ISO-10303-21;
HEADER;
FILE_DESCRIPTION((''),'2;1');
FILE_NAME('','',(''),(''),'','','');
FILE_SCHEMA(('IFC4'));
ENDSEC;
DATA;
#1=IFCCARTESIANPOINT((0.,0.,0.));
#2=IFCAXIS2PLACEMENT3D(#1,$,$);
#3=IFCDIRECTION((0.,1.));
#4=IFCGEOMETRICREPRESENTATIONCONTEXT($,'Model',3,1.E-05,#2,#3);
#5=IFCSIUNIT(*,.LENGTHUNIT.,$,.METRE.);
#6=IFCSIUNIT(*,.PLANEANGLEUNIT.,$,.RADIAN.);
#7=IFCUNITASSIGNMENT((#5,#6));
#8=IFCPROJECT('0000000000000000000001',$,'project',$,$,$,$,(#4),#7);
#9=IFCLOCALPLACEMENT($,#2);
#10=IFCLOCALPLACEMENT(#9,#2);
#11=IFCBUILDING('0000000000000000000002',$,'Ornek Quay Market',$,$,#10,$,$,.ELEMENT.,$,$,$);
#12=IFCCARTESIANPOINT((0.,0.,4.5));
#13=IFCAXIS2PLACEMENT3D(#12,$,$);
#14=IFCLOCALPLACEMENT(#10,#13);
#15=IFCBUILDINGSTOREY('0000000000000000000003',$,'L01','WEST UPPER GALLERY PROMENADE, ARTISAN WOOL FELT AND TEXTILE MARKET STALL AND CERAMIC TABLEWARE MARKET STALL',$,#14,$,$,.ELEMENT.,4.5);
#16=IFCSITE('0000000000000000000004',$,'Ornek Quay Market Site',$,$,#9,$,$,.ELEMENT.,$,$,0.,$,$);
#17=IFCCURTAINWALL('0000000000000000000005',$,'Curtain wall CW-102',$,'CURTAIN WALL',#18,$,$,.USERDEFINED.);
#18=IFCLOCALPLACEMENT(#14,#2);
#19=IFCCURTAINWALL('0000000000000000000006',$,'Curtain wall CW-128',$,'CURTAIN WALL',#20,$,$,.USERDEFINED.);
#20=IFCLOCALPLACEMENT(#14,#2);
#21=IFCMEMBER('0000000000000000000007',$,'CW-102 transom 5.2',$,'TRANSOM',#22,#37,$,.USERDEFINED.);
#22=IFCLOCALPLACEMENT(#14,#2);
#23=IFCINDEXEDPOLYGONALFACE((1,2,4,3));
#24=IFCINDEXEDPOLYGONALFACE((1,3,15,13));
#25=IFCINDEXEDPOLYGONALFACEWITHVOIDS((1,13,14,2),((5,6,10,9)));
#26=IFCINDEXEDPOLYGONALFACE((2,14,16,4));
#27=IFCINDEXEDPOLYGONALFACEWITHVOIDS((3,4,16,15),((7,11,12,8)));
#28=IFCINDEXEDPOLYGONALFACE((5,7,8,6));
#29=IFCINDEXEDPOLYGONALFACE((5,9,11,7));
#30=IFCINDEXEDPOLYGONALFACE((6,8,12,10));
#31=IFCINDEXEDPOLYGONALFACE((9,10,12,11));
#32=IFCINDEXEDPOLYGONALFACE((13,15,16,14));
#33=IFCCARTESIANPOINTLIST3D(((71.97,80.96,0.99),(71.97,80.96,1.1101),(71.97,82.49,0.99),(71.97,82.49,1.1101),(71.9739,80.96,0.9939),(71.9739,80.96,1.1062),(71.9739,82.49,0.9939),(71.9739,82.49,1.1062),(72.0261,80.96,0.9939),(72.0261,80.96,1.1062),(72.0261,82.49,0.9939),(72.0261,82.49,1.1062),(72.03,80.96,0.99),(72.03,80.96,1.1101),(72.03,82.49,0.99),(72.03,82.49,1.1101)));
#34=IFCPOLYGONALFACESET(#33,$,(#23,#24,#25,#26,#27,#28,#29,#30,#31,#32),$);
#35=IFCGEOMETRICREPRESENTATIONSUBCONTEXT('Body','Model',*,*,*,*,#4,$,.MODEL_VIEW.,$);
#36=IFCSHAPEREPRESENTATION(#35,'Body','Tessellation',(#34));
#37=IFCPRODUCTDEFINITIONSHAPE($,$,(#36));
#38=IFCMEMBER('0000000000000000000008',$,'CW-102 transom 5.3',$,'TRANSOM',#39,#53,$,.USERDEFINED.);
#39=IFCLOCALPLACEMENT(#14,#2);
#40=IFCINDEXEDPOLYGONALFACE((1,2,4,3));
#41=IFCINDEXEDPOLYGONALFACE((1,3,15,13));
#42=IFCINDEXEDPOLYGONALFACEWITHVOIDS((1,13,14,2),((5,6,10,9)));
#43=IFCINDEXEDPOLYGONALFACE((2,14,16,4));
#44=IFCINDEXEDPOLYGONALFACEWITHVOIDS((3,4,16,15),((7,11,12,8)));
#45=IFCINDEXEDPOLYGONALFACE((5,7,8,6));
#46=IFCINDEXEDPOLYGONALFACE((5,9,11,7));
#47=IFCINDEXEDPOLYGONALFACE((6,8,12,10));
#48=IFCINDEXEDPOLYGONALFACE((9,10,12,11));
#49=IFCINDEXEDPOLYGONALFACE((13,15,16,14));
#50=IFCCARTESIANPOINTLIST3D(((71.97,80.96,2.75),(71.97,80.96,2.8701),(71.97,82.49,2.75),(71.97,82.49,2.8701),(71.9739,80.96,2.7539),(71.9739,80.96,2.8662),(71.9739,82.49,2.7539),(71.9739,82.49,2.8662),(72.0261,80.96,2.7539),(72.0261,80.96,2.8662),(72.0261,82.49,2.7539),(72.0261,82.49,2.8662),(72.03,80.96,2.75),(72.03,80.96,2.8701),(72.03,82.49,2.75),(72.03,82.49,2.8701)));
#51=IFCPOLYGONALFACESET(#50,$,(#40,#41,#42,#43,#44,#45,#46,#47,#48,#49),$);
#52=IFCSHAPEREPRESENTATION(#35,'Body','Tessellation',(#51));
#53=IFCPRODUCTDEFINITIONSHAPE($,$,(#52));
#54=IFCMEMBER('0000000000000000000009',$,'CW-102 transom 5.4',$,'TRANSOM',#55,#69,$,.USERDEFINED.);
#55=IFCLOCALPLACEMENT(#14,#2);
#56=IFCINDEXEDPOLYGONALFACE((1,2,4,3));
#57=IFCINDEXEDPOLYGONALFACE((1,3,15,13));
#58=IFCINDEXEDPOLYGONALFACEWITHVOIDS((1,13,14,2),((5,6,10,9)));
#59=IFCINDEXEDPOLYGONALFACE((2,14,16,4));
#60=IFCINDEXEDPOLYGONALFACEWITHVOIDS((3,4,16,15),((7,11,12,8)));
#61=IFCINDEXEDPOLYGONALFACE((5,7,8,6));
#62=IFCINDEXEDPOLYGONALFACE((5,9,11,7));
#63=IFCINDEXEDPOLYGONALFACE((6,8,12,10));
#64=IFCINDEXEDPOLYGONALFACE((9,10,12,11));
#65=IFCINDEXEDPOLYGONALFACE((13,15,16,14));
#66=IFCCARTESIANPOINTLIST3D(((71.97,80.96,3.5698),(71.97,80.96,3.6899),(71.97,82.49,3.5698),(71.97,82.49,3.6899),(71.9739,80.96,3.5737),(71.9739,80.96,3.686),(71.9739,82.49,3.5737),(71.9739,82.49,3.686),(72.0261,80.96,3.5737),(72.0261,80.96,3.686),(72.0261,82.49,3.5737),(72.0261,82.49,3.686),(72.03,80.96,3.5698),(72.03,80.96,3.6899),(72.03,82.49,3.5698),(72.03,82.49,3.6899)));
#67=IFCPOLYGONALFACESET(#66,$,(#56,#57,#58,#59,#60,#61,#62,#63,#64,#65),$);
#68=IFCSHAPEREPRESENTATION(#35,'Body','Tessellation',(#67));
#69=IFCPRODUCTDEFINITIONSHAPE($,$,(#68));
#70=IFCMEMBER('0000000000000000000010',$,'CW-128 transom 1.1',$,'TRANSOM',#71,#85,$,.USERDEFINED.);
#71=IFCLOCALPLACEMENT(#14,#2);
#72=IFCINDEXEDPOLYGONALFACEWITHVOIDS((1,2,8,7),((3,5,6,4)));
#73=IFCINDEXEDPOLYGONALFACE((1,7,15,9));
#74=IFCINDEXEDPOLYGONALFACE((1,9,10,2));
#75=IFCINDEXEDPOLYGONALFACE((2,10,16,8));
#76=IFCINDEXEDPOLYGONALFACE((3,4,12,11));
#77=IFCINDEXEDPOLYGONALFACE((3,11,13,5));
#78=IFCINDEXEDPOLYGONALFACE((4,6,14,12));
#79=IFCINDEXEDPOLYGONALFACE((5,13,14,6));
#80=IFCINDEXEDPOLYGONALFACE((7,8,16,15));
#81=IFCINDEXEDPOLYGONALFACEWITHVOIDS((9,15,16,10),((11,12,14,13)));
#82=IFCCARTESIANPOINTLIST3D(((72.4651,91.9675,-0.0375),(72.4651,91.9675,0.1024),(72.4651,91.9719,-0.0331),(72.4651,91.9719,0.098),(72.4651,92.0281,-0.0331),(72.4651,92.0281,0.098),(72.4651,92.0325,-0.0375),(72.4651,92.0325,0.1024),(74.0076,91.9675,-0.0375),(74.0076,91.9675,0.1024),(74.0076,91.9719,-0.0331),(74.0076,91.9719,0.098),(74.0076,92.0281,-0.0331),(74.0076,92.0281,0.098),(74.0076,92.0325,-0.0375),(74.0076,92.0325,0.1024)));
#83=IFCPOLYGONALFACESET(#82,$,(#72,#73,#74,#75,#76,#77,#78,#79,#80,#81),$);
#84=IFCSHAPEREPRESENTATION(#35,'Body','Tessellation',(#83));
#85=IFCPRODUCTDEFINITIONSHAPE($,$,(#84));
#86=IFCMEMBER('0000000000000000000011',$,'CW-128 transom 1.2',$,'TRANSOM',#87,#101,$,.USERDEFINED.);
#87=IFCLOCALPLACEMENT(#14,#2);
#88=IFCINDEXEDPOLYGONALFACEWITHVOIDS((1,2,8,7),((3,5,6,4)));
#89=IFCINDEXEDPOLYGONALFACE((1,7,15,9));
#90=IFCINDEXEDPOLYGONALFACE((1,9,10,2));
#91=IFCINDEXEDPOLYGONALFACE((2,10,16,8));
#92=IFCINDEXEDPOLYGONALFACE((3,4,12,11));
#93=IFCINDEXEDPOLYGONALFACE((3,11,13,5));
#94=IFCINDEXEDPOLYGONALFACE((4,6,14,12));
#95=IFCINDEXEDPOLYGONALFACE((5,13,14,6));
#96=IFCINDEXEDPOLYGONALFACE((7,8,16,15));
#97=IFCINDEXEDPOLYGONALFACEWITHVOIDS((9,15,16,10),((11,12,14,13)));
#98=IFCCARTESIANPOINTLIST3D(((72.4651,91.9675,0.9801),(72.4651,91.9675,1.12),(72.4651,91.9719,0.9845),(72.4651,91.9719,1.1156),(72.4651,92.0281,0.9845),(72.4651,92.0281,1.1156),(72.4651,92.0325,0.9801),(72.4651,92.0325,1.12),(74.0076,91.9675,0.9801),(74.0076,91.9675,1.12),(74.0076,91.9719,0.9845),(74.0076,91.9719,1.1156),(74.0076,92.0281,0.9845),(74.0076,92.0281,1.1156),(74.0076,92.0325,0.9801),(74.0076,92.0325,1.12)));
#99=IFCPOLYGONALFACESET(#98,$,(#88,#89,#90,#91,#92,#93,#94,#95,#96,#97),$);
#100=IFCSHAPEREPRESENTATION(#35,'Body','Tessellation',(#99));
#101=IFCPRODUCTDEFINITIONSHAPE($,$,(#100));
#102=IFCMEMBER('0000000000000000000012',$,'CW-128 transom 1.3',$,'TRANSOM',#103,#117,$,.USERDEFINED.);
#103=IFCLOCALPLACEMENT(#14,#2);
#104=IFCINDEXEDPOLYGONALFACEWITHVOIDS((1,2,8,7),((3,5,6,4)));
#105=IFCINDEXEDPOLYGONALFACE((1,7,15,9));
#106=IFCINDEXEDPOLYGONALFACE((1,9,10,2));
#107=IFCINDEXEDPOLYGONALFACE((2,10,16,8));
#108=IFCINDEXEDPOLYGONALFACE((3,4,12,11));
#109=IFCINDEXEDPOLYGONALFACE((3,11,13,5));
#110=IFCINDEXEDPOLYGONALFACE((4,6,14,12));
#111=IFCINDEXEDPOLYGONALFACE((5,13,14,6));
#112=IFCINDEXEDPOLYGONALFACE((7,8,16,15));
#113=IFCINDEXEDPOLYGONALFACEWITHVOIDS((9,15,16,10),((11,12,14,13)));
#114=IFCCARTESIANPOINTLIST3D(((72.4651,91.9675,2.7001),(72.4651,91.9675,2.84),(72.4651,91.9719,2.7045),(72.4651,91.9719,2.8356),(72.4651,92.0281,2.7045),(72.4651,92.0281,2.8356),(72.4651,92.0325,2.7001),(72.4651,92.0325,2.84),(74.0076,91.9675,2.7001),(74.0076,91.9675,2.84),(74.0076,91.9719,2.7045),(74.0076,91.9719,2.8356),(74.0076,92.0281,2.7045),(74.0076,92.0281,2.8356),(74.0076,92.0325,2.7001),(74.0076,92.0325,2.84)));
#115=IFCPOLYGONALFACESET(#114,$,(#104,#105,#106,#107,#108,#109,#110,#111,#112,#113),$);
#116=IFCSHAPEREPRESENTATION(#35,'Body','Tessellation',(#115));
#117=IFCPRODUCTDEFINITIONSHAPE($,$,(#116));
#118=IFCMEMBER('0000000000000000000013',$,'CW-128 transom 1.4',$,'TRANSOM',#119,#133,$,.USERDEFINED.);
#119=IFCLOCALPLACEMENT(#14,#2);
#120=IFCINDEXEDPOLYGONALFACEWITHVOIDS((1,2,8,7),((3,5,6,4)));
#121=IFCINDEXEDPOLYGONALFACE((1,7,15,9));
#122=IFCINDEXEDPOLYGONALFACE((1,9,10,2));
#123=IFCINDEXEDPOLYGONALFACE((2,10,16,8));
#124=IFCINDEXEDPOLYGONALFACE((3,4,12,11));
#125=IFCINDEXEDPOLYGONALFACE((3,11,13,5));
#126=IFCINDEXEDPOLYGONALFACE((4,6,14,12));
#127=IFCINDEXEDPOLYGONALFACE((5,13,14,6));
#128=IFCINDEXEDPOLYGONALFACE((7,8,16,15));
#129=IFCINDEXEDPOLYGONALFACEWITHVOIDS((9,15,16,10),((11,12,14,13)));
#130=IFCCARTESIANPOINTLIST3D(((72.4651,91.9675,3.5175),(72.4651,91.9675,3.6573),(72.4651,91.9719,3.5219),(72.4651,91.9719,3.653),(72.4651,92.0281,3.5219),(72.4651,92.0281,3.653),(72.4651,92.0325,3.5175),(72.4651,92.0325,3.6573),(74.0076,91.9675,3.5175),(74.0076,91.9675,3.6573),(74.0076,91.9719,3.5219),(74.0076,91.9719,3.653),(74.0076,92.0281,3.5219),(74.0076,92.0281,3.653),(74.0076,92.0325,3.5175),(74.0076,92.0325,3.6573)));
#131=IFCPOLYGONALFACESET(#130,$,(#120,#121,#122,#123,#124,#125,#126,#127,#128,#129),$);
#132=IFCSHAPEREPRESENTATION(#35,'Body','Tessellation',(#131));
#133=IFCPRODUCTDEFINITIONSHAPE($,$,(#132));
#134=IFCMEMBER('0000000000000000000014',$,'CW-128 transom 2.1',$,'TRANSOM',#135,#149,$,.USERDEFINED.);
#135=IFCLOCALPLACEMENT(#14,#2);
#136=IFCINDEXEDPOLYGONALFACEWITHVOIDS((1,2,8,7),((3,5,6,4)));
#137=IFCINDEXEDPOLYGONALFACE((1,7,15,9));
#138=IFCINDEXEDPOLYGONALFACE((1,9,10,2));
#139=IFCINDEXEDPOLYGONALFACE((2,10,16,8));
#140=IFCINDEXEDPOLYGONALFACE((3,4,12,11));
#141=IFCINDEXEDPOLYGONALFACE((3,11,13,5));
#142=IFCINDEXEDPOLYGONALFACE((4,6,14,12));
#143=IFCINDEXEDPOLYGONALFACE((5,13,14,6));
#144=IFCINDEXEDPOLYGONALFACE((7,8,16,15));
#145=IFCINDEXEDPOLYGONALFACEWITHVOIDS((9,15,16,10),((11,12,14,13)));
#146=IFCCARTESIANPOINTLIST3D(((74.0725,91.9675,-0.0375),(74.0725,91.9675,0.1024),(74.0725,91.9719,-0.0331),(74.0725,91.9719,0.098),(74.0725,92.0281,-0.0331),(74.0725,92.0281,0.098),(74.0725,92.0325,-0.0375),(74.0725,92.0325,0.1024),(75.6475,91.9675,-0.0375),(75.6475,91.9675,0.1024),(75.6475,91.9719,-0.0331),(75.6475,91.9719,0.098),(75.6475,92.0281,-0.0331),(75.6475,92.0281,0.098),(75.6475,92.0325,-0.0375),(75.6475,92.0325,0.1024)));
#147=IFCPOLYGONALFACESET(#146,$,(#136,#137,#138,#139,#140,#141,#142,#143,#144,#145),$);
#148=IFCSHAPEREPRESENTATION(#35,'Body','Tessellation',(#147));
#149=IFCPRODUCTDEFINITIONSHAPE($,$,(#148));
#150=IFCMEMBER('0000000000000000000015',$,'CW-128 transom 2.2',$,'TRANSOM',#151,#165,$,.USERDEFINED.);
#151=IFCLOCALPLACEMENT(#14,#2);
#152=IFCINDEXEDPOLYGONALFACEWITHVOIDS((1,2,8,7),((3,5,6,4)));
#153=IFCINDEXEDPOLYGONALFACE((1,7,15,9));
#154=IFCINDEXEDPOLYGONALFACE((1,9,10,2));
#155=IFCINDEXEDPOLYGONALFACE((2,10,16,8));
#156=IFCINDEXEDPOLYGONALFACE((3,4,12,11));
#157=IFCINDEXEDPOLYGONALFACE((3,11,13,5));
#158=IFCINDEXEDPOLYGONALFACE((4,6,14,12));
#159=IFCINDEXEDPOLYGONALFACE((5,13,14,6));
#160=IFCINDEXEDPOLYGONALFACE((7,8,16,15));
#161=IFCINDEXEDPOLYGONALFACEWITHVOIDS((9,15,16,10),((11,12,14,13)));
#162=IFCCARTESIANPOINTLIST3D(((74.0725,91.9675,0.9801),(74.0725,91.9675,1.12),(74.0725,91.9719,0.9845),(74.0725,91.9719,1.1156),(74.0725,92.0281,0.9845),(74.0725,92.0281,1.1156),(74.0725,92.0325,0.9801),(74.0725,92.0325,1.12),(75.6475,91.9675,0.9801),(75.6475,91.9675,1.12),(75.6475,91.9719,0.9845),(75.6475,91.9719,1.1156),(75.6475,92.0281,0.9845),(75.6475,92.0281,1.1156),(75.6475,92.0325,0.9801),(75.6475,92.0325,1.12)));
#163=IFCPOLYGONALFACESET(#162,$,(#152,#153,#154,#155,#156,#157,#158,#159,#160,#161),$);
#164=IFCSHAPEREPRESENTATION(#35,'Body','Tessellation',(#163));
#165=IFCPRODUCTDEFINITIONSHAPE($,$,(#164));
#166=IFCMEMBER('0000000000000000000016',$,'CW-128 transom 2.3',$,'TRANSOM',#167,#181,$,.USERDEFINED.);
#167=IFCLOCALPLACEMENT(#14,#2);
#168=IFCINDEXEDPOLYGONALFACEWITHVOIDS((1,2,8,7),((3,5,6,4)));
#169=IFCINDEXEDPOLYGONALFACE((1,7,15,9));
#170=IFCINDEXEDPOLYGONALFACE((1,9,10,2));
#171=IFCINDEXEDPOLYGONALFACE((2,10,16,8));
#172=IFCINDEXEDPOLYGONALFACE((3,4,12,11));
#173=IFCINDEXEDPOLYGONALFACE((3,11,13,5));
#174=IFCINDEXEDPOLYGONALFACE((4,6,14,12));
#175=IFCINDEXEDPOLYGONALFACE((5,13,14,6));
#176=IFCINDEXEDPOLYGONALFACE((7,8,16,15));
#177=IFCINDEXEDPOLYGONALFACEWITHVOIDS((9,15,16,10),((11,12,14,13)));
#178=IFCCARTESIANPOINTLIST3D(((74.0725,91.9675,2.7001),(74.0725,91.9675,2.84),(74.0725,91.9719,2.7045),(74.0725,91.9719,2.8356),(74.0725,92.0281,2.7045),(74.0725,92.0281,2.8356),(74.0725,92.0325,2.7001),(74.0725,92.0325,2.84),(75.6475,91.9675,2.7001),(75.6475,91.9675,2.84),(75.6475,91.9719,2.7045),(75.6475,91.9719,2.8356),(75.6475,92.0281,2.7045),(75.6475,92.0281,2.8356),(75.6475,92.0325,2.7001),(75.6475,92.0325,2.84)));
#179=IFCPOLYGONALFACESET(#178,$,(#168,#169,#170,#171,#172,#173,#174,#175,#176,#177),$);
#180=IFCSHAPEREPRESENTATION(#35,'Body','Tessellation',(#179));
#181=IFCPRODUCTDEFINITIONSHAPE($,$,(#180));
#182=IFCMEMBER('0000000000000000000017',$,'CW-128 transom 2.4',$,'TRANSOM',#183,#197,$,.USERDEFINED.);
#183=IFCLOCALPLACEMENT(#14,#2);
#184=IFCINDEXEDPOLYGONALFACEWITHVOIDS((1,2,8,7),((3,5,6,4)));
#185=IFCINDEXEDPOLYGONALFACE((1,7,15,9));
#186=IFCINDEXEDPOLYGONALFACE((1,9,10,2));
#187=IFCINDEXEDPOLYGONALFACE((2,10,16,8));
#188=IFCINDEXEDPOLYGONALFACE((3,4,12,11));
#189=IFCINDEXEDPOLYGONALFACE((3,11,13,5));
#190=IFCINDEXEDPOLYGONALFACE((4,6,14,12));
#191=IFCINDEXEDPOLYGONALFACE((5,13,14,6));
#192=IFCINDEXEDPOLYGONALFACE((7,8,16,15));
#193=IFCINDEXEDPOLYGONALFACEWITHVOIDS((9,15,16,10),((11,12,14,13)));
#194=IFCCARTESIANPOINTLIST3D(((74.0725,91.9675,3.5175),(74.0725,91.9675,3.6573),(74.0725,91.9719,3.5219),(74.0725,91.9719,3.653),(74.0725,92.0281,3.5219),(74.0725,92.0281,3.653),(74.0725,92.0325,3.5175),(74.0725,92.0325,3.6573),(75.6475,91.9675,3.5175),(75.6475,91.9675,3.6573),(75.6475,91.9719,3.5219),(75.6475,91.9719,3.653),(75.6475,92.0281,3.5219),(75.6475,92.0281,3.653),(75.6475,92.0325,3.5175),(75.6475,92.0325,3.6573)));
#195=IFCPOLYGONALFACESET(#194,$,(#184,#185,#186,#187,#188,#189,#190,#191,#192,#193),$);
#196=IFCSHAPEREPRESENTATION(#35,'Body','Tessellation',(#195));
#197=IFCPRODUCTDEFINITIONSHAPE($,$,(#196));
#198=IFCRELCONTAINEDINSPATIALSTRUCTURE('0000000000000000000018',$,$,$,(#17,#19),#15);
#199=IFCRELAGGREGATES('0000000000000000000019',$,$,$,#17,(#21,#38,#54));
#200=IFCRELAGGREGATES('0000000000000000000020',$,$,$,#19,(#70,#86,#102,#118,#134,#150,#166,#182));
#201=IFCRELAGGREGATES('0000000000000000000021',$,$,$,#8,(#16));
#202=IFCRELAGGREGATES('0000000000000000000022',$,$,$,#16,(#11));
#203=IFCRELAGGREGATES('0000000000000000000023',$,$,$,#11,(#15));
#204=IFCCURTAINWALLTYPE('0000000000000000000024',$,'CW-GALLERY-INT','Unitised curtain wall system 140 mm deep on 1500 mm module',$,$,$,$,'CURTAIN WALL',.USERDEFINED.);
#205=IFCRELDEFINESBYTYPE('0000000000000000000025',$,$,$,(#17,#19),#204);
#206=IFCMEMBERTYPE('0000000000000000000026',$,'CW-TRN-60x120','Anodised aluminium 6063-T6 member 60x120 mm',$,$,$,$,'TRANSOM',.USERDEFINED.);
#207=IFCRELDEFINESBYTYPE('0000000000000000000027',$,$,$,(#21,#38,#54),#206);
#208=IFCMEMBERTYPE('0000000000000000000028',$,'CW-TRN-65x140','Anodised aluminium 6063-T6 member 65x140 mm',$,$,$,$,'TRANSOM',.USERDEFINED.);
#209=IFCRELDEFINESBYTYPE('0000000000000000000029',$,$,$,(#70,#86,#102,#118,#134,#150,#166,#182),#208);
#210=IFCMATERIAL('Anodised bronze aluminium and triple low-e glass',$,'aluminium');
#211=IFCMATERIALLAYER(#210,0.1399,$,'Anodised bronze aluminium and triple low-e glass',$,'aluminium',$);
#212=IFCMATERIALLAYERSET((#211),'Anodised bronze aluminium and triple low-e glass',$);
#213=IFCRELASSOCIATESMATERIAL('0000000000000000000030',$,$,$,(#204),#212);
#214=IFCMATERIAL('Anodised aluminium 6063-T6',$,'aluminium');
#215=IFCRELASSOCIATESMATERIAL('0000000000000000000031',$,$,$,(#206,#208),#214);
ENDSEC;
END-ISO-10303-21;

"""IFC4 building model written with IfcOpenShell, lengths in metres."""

from ifc_helpers import new_model, si_unit, direction, frame, origin, origin_2d, place, context, subcontext, project, spatial, hollow_rectangle, extrude, material, layer, layer_set, material_profile, profile_set, type_object, element, aggregate, save


model = new_model("IFC4")

# Units and contexts
model_context = context("Model", 3, precision=1e-05, world=origin(), true_north=direction((0.0, 1.0)))
body_context = subcontext(model_context, "Body", "Model", "MODEL_VIEW")
ifc_project = project(units=[si_unit("LENGTHUNIT", "METRE"), si_unit("PLANEANGLEUNIT", "RADIAN")], contexts=[model_context])

# Site, building, storey
site_placement = place(None, origin())
site = spatial("IfcSite", under=ifc_project, at=site_placement, Name="Ornek Quay Market Site", CompositionType="ELEMENT", RefElevation=0.0)
building_placement = place(site_placement, origin())
building = spatial("IfcBuilding", under=site, at=building_placement, Name="Ornek Quay Market", CompositionType="ELEMENT")
storey_placement = place(building_placement, frame((0.0, 0.0, 4.5)))
storey = spatial("IfcBuildingStorey", under=building, at=storey_placement, Name="L01", Description="WEST UPPER GALLERY PROMENADE, ARTISAN WOOL FELT AND TEXTILE MARKET STALL AND CERAMIC TABLEWARE MARKET STALL", CompositionType="ELEMENT", Elevation=4.5)

# Curtain walls
ifc_material_1 = material(Name="Anodised bronze aluminium and triple low-e glass", Category="aluminium")
ifc_layer_1 = layer(ifc_material_1, 0.1399, Name="Anodised bronze aluminium and triple low-e glass", Category="aluminium")
ifc_layer_set_1 = layer_set([ifc_layer_1], Name="Anodised bronze aluminium and triple low-e glass")
curtain_wall_type = type_object("IfcCurtainWallType", Name="CW-GALLERY-INT", Description="Unitised curtain wall system 140 mm deep on 1500 mm module", ElementType="CURTAIN WALL", PredefinedType="USERDEFINED", material=ifc_layer_set_1)
curtain_wall_1_placement = place(storey_placement, origin())
curtain_wall_1 = element("IfcCurtainWall", 1, at=curtain_wall_1_placement, inside=storey, type_object=curtain_wall_type, Name="Curtain wall CW-102", ObjectType="CURTAIN WALL", PredefinedType="USERDEFINED")
ifc_material_2 = material(Name="Anodised aluminium 6063-T6", Category="aluminium")
curtain_wall_2_placement = place(storey_placement, origin())
curtain_wall_2 = element("IfcCurtainWall", 2, at=curtain_wall_2_placement, inside=storey, type_object=curtain_wall_type, Name="Curtain wall CW-128", ObjectType="CURTAIN WALL", PredefinedType="USERDEFINED")

# Members
ifc_material_profile_1 = material_profile(ifc_material_2, hollow_rectangle(XDim=0.0601, YDim=0.1201, WallThickness=0.0039, at=origin_2d()), Name="CW-TRN-60x120", Category="aluminium")
ifc_profile_set_1 = profile_set([ifc_material_profile_1], Name="Anodised aluminium 6063-T6")
member_type_1 = type_object("IfcMemberType", Name="CW-TRN-60x120", Description="Anodised aluminium 6063-T6 member 60x120 mm", ElementType="TRANSOM", PredefinedType="USERDEFINED", material=ifc_profile_set_1)
member_1_placement = place(storey_placement, frame((72.0, 80.96, 1.05), z_axis=(0.0, 1.0, 0.0), x_axis=(-1.0, 0.0, 0.0)))
member_1 = element("IfcMember", 3, at=member_1_placement, type_object=member_type_1, Name="CW-102 transom 5.2", ObjectType="TRANSOM", PredefinedType="USERDEFINED", context=body_context, shape_type="SweptSolid", body=[
    extrude(hollow_rectangle(XDim=0.0601, YDim=0.1201, WallThickness=0.0039, at=origin_2d()), origin(), (0.0, 0.0, 1.0), 1.53),
])
member_2_placement = place(storey_placement, frame((72.0, 80.96, 2.8101), z_axis=(0.0, 1.0, 0.0), x_axis=(-1.0, 0.0, 0.0)))
member_2 = element("IfcMember", 4, at=member_2_placement, type_object=member_type_1, Name="CW-102 transom 5.3", ObjectType="TRANSOM", PredefinedType="USERDEFINED", context=body_context, shape_type="SweptSolid", body=[
    extrude(hollow_rectangle(XDim=0.0601, YDim=0.1201, WallThickness=0.0039, at=origin_2d()), origin(), (0.0, 0.0, 1.0), 1.53),
])
member_3_placement = place(storey_placement, frame((72.0, 80.96, 3.6299), z_axis=(0.0, 1.0, 0.0), x_axis=(-1.0, 0.0, 0.0)))
member_3 = element("IfcMember", 5, at=member_3_placement, type_object=member_type_1, Name="CW-102 transom 5.4", ObjectType="TRANSOM", PredefinedType="USERDEFINED", context=body_context, shape_type="SweptSolid", body=[
    extrude(hollow_rectangle(XDim=0.0601, YDim=0.1201, WallThickness=0.0039, at=origin_2d()), origin(), (0.0, 0.0, 1.0), 1.53),
])
ifc_material_profile_2 = material_profile(ifc_material_2, hollow_rectangle(XDim=0.0649, YDim=0.1399, WallThickness=0.0044, at=origin_2d()), Name="CW-TRN-65x140", Category="aluminium")
ifc_profile_set_2 = profile_set([ifc_material_profile_2], Name="Anodised aluminium 6063-T6")
member_type_2 = type_object("IfcMemberType", Name="CW-TRN-65x140", Description="Anodised aluminium 6063-T6 member 65x140 mm", ElementType="TRANSOM", PredefinedType="USERDEFINED", material=ifc_profile_set_2)
member_4_placement = place(storey_placement, frame((72.4651, 92.0, 0.0325), z_axis=(1.0, 0.0, 0.0), x_axis=(0.0, 1.0, 0.0)))
member_4 = element("IfcMember", 6, at=member_4_placement, type_object=member_type_2, Name="CW-128 transom 1.1", ObjectType="TRANSOM", PredefinedType="USERDEFINED", context=body_context, shape_type="SweptSolid", body=[
    extrude(hollow_rectangle(XDim=0.0649, YDim=0.1399, WallThickness=0.0044, at=origin_2d()), origin(), (0.0, 0.0, 1.0), 1.5425),
])
member_5_placement = place(storey_placement, frame((72.4651, 92.0, 1.05), z_axis=(1.0, 0.0, 0.0), x_axis=(0.0, 1.0, 0.0)))
member_5 = element("IfcMember", 7, at=member_5_placement, type_object=member_type_2, Name="CW-128 transom 1.2", ObjectType="TRANSOM", PredefinedType="USERDEFINED", context=body_context, shape_type="SweptSolid", body=[
    extrude(hollow_rectangle(XDim=0.0649, YDim=0.1399, WallThickness=0.0044, at=origin_2d()), origin(), (0.0, 0.0, 1.0), 1.5425),
])
member_6_placement = place(storey_placement, frame((72.4651, 92.0, 2.77), z_axis=(1.0, 0.0, 0.0), x_axis=(0.0, 1.0, 0.0)))
member_6 = element("IfcMember", 8, at=member_6_placement, type_object=member_type_2, Name="CW-128 transom 1.3", ObjectType="TRANSOM", PredefinedType="USERDEFINED", context=body_context, shape_type="SweptSolid", body=[
    extrude(hollow_rectangle(XDim=0.0649, YDim=0.1399, WallThickness=0.0044, at=origin_2d()), origin(), (0.0, 0.0, 1.0), 1.5425),
])
member_7_placement = place(storey_placement, frame((72.4651, 92.0, 3.5874), z_axis=(1.0, 0.0, 0.0), x_axis=(0.0, 1.0, 0.0)))
member_7 = element("IfcMember", 9, at=member_7_placement, type_object=member_type_2, Name="CW-128 transom 1.4", ObjectType="TRANSOM", PredefinedType="USERDEFINED", context=body_context, shape_type="SweptSolid", body=[
    extrude(hollow_rectangle(XDim=0.0649, YDim=0.1399, WallThickness=0.0044, at=origin_2d()), origin(), (0.0, 0.0, 1.0), 1.5425),
])
member_8_placement = place(storey_placement, frame((74.0725, 92.0, 0.0325), z_axis=(1.0, 0.0, 0.0), x_axis=(0.0, 1.0, 0.0)))
member_8 = element("IfcMember", 10, at=member_8_placement, type_object=member_type_2, Name="CW-128 transom 2.1", ObjectType="TRANSOM", PredefinedType="USERDEFINED", context=body_context, shape_type="SweptSolid", body=[
    extrude(hollow_rectangle(XDim=0.0649, YDim=0.1399, WallThickness=0.0044, at=origin_2d()), origin(), (0.0, 0.0, 1.0), 1.575),
])
member_9_placement = place(storey_placement, frame((74.0725, 92.0, 1.05), z_axis=(1.0, 0.0, 0.0), x_axis=(0.0, 1.0, 0.0)))
member_9 = element("IfcMember", 11, at=member_9_placement, type_object=member_type_2, Name="CW-128 transom 2.2", ObjectType="TRANSOM", PredefinedType="USERDEFINED", context=body_context, shape_type="SweptSolid", body=[
    extrude(hollow_rectangle(XDim=0.0649, YDim=0.1399, WallThickness=0.0044, at=origin_2d()), origin(), (0.0, 0.0, 1.0), 1.575),
])
member_10_placement = place(storey_placement, frame((74.0725, 92.0, 2.77), z_axis=(1.0, 0.0, 0.0), x_axis=(0.0, 1.0, 0.0)))
member_10 = element("IfcMember", 12, at=member_10_placement, type_object=member_type_2, Name="CW-128 transom 2.3", ObjectType="TRANSOM", PredefinedType="USERDEFINED", context=body_context, shape_type="SweptSolid", body=[
    extrude(hollow_rectangle(XDim=0.0649, YDim=0.1399, WallThickness=0.0044, at=origin_2d()), origin(), (0.0, 0.0, 1.0), 1.575),
])
member_11_placement = place(storey_placement, frame((74.0725, 92.0, 3.5874), z_axis=(1.0, 0.0, 0.0), x_axis=(0.0, 1.0, 0.0)))
member_11 = element("IfcMember", 13, at=member_11_placement, type_object=member_type_2, Name="CW-128 transom 2.4", ObjectType="TRANSOM", PredefinedType="USERDEFINED", context=body_context, shape_type="SweptSolid", body=[
    extrude(hollow_rectangle(XDim=0.0649, YDim=0.1399, WallThickness=0.0044, at=origin_2d()), origin(), (0.0, 0.0, 1.0), 1.575),
])

aggregate(curtain_wall_1, [member_1, member_2, member_3])
aggregate(curtain_wall_2, [member_4, member_5, member_6, member_7, member_8, member_9, member_10, member_11])

save(model, "model.ifc")
